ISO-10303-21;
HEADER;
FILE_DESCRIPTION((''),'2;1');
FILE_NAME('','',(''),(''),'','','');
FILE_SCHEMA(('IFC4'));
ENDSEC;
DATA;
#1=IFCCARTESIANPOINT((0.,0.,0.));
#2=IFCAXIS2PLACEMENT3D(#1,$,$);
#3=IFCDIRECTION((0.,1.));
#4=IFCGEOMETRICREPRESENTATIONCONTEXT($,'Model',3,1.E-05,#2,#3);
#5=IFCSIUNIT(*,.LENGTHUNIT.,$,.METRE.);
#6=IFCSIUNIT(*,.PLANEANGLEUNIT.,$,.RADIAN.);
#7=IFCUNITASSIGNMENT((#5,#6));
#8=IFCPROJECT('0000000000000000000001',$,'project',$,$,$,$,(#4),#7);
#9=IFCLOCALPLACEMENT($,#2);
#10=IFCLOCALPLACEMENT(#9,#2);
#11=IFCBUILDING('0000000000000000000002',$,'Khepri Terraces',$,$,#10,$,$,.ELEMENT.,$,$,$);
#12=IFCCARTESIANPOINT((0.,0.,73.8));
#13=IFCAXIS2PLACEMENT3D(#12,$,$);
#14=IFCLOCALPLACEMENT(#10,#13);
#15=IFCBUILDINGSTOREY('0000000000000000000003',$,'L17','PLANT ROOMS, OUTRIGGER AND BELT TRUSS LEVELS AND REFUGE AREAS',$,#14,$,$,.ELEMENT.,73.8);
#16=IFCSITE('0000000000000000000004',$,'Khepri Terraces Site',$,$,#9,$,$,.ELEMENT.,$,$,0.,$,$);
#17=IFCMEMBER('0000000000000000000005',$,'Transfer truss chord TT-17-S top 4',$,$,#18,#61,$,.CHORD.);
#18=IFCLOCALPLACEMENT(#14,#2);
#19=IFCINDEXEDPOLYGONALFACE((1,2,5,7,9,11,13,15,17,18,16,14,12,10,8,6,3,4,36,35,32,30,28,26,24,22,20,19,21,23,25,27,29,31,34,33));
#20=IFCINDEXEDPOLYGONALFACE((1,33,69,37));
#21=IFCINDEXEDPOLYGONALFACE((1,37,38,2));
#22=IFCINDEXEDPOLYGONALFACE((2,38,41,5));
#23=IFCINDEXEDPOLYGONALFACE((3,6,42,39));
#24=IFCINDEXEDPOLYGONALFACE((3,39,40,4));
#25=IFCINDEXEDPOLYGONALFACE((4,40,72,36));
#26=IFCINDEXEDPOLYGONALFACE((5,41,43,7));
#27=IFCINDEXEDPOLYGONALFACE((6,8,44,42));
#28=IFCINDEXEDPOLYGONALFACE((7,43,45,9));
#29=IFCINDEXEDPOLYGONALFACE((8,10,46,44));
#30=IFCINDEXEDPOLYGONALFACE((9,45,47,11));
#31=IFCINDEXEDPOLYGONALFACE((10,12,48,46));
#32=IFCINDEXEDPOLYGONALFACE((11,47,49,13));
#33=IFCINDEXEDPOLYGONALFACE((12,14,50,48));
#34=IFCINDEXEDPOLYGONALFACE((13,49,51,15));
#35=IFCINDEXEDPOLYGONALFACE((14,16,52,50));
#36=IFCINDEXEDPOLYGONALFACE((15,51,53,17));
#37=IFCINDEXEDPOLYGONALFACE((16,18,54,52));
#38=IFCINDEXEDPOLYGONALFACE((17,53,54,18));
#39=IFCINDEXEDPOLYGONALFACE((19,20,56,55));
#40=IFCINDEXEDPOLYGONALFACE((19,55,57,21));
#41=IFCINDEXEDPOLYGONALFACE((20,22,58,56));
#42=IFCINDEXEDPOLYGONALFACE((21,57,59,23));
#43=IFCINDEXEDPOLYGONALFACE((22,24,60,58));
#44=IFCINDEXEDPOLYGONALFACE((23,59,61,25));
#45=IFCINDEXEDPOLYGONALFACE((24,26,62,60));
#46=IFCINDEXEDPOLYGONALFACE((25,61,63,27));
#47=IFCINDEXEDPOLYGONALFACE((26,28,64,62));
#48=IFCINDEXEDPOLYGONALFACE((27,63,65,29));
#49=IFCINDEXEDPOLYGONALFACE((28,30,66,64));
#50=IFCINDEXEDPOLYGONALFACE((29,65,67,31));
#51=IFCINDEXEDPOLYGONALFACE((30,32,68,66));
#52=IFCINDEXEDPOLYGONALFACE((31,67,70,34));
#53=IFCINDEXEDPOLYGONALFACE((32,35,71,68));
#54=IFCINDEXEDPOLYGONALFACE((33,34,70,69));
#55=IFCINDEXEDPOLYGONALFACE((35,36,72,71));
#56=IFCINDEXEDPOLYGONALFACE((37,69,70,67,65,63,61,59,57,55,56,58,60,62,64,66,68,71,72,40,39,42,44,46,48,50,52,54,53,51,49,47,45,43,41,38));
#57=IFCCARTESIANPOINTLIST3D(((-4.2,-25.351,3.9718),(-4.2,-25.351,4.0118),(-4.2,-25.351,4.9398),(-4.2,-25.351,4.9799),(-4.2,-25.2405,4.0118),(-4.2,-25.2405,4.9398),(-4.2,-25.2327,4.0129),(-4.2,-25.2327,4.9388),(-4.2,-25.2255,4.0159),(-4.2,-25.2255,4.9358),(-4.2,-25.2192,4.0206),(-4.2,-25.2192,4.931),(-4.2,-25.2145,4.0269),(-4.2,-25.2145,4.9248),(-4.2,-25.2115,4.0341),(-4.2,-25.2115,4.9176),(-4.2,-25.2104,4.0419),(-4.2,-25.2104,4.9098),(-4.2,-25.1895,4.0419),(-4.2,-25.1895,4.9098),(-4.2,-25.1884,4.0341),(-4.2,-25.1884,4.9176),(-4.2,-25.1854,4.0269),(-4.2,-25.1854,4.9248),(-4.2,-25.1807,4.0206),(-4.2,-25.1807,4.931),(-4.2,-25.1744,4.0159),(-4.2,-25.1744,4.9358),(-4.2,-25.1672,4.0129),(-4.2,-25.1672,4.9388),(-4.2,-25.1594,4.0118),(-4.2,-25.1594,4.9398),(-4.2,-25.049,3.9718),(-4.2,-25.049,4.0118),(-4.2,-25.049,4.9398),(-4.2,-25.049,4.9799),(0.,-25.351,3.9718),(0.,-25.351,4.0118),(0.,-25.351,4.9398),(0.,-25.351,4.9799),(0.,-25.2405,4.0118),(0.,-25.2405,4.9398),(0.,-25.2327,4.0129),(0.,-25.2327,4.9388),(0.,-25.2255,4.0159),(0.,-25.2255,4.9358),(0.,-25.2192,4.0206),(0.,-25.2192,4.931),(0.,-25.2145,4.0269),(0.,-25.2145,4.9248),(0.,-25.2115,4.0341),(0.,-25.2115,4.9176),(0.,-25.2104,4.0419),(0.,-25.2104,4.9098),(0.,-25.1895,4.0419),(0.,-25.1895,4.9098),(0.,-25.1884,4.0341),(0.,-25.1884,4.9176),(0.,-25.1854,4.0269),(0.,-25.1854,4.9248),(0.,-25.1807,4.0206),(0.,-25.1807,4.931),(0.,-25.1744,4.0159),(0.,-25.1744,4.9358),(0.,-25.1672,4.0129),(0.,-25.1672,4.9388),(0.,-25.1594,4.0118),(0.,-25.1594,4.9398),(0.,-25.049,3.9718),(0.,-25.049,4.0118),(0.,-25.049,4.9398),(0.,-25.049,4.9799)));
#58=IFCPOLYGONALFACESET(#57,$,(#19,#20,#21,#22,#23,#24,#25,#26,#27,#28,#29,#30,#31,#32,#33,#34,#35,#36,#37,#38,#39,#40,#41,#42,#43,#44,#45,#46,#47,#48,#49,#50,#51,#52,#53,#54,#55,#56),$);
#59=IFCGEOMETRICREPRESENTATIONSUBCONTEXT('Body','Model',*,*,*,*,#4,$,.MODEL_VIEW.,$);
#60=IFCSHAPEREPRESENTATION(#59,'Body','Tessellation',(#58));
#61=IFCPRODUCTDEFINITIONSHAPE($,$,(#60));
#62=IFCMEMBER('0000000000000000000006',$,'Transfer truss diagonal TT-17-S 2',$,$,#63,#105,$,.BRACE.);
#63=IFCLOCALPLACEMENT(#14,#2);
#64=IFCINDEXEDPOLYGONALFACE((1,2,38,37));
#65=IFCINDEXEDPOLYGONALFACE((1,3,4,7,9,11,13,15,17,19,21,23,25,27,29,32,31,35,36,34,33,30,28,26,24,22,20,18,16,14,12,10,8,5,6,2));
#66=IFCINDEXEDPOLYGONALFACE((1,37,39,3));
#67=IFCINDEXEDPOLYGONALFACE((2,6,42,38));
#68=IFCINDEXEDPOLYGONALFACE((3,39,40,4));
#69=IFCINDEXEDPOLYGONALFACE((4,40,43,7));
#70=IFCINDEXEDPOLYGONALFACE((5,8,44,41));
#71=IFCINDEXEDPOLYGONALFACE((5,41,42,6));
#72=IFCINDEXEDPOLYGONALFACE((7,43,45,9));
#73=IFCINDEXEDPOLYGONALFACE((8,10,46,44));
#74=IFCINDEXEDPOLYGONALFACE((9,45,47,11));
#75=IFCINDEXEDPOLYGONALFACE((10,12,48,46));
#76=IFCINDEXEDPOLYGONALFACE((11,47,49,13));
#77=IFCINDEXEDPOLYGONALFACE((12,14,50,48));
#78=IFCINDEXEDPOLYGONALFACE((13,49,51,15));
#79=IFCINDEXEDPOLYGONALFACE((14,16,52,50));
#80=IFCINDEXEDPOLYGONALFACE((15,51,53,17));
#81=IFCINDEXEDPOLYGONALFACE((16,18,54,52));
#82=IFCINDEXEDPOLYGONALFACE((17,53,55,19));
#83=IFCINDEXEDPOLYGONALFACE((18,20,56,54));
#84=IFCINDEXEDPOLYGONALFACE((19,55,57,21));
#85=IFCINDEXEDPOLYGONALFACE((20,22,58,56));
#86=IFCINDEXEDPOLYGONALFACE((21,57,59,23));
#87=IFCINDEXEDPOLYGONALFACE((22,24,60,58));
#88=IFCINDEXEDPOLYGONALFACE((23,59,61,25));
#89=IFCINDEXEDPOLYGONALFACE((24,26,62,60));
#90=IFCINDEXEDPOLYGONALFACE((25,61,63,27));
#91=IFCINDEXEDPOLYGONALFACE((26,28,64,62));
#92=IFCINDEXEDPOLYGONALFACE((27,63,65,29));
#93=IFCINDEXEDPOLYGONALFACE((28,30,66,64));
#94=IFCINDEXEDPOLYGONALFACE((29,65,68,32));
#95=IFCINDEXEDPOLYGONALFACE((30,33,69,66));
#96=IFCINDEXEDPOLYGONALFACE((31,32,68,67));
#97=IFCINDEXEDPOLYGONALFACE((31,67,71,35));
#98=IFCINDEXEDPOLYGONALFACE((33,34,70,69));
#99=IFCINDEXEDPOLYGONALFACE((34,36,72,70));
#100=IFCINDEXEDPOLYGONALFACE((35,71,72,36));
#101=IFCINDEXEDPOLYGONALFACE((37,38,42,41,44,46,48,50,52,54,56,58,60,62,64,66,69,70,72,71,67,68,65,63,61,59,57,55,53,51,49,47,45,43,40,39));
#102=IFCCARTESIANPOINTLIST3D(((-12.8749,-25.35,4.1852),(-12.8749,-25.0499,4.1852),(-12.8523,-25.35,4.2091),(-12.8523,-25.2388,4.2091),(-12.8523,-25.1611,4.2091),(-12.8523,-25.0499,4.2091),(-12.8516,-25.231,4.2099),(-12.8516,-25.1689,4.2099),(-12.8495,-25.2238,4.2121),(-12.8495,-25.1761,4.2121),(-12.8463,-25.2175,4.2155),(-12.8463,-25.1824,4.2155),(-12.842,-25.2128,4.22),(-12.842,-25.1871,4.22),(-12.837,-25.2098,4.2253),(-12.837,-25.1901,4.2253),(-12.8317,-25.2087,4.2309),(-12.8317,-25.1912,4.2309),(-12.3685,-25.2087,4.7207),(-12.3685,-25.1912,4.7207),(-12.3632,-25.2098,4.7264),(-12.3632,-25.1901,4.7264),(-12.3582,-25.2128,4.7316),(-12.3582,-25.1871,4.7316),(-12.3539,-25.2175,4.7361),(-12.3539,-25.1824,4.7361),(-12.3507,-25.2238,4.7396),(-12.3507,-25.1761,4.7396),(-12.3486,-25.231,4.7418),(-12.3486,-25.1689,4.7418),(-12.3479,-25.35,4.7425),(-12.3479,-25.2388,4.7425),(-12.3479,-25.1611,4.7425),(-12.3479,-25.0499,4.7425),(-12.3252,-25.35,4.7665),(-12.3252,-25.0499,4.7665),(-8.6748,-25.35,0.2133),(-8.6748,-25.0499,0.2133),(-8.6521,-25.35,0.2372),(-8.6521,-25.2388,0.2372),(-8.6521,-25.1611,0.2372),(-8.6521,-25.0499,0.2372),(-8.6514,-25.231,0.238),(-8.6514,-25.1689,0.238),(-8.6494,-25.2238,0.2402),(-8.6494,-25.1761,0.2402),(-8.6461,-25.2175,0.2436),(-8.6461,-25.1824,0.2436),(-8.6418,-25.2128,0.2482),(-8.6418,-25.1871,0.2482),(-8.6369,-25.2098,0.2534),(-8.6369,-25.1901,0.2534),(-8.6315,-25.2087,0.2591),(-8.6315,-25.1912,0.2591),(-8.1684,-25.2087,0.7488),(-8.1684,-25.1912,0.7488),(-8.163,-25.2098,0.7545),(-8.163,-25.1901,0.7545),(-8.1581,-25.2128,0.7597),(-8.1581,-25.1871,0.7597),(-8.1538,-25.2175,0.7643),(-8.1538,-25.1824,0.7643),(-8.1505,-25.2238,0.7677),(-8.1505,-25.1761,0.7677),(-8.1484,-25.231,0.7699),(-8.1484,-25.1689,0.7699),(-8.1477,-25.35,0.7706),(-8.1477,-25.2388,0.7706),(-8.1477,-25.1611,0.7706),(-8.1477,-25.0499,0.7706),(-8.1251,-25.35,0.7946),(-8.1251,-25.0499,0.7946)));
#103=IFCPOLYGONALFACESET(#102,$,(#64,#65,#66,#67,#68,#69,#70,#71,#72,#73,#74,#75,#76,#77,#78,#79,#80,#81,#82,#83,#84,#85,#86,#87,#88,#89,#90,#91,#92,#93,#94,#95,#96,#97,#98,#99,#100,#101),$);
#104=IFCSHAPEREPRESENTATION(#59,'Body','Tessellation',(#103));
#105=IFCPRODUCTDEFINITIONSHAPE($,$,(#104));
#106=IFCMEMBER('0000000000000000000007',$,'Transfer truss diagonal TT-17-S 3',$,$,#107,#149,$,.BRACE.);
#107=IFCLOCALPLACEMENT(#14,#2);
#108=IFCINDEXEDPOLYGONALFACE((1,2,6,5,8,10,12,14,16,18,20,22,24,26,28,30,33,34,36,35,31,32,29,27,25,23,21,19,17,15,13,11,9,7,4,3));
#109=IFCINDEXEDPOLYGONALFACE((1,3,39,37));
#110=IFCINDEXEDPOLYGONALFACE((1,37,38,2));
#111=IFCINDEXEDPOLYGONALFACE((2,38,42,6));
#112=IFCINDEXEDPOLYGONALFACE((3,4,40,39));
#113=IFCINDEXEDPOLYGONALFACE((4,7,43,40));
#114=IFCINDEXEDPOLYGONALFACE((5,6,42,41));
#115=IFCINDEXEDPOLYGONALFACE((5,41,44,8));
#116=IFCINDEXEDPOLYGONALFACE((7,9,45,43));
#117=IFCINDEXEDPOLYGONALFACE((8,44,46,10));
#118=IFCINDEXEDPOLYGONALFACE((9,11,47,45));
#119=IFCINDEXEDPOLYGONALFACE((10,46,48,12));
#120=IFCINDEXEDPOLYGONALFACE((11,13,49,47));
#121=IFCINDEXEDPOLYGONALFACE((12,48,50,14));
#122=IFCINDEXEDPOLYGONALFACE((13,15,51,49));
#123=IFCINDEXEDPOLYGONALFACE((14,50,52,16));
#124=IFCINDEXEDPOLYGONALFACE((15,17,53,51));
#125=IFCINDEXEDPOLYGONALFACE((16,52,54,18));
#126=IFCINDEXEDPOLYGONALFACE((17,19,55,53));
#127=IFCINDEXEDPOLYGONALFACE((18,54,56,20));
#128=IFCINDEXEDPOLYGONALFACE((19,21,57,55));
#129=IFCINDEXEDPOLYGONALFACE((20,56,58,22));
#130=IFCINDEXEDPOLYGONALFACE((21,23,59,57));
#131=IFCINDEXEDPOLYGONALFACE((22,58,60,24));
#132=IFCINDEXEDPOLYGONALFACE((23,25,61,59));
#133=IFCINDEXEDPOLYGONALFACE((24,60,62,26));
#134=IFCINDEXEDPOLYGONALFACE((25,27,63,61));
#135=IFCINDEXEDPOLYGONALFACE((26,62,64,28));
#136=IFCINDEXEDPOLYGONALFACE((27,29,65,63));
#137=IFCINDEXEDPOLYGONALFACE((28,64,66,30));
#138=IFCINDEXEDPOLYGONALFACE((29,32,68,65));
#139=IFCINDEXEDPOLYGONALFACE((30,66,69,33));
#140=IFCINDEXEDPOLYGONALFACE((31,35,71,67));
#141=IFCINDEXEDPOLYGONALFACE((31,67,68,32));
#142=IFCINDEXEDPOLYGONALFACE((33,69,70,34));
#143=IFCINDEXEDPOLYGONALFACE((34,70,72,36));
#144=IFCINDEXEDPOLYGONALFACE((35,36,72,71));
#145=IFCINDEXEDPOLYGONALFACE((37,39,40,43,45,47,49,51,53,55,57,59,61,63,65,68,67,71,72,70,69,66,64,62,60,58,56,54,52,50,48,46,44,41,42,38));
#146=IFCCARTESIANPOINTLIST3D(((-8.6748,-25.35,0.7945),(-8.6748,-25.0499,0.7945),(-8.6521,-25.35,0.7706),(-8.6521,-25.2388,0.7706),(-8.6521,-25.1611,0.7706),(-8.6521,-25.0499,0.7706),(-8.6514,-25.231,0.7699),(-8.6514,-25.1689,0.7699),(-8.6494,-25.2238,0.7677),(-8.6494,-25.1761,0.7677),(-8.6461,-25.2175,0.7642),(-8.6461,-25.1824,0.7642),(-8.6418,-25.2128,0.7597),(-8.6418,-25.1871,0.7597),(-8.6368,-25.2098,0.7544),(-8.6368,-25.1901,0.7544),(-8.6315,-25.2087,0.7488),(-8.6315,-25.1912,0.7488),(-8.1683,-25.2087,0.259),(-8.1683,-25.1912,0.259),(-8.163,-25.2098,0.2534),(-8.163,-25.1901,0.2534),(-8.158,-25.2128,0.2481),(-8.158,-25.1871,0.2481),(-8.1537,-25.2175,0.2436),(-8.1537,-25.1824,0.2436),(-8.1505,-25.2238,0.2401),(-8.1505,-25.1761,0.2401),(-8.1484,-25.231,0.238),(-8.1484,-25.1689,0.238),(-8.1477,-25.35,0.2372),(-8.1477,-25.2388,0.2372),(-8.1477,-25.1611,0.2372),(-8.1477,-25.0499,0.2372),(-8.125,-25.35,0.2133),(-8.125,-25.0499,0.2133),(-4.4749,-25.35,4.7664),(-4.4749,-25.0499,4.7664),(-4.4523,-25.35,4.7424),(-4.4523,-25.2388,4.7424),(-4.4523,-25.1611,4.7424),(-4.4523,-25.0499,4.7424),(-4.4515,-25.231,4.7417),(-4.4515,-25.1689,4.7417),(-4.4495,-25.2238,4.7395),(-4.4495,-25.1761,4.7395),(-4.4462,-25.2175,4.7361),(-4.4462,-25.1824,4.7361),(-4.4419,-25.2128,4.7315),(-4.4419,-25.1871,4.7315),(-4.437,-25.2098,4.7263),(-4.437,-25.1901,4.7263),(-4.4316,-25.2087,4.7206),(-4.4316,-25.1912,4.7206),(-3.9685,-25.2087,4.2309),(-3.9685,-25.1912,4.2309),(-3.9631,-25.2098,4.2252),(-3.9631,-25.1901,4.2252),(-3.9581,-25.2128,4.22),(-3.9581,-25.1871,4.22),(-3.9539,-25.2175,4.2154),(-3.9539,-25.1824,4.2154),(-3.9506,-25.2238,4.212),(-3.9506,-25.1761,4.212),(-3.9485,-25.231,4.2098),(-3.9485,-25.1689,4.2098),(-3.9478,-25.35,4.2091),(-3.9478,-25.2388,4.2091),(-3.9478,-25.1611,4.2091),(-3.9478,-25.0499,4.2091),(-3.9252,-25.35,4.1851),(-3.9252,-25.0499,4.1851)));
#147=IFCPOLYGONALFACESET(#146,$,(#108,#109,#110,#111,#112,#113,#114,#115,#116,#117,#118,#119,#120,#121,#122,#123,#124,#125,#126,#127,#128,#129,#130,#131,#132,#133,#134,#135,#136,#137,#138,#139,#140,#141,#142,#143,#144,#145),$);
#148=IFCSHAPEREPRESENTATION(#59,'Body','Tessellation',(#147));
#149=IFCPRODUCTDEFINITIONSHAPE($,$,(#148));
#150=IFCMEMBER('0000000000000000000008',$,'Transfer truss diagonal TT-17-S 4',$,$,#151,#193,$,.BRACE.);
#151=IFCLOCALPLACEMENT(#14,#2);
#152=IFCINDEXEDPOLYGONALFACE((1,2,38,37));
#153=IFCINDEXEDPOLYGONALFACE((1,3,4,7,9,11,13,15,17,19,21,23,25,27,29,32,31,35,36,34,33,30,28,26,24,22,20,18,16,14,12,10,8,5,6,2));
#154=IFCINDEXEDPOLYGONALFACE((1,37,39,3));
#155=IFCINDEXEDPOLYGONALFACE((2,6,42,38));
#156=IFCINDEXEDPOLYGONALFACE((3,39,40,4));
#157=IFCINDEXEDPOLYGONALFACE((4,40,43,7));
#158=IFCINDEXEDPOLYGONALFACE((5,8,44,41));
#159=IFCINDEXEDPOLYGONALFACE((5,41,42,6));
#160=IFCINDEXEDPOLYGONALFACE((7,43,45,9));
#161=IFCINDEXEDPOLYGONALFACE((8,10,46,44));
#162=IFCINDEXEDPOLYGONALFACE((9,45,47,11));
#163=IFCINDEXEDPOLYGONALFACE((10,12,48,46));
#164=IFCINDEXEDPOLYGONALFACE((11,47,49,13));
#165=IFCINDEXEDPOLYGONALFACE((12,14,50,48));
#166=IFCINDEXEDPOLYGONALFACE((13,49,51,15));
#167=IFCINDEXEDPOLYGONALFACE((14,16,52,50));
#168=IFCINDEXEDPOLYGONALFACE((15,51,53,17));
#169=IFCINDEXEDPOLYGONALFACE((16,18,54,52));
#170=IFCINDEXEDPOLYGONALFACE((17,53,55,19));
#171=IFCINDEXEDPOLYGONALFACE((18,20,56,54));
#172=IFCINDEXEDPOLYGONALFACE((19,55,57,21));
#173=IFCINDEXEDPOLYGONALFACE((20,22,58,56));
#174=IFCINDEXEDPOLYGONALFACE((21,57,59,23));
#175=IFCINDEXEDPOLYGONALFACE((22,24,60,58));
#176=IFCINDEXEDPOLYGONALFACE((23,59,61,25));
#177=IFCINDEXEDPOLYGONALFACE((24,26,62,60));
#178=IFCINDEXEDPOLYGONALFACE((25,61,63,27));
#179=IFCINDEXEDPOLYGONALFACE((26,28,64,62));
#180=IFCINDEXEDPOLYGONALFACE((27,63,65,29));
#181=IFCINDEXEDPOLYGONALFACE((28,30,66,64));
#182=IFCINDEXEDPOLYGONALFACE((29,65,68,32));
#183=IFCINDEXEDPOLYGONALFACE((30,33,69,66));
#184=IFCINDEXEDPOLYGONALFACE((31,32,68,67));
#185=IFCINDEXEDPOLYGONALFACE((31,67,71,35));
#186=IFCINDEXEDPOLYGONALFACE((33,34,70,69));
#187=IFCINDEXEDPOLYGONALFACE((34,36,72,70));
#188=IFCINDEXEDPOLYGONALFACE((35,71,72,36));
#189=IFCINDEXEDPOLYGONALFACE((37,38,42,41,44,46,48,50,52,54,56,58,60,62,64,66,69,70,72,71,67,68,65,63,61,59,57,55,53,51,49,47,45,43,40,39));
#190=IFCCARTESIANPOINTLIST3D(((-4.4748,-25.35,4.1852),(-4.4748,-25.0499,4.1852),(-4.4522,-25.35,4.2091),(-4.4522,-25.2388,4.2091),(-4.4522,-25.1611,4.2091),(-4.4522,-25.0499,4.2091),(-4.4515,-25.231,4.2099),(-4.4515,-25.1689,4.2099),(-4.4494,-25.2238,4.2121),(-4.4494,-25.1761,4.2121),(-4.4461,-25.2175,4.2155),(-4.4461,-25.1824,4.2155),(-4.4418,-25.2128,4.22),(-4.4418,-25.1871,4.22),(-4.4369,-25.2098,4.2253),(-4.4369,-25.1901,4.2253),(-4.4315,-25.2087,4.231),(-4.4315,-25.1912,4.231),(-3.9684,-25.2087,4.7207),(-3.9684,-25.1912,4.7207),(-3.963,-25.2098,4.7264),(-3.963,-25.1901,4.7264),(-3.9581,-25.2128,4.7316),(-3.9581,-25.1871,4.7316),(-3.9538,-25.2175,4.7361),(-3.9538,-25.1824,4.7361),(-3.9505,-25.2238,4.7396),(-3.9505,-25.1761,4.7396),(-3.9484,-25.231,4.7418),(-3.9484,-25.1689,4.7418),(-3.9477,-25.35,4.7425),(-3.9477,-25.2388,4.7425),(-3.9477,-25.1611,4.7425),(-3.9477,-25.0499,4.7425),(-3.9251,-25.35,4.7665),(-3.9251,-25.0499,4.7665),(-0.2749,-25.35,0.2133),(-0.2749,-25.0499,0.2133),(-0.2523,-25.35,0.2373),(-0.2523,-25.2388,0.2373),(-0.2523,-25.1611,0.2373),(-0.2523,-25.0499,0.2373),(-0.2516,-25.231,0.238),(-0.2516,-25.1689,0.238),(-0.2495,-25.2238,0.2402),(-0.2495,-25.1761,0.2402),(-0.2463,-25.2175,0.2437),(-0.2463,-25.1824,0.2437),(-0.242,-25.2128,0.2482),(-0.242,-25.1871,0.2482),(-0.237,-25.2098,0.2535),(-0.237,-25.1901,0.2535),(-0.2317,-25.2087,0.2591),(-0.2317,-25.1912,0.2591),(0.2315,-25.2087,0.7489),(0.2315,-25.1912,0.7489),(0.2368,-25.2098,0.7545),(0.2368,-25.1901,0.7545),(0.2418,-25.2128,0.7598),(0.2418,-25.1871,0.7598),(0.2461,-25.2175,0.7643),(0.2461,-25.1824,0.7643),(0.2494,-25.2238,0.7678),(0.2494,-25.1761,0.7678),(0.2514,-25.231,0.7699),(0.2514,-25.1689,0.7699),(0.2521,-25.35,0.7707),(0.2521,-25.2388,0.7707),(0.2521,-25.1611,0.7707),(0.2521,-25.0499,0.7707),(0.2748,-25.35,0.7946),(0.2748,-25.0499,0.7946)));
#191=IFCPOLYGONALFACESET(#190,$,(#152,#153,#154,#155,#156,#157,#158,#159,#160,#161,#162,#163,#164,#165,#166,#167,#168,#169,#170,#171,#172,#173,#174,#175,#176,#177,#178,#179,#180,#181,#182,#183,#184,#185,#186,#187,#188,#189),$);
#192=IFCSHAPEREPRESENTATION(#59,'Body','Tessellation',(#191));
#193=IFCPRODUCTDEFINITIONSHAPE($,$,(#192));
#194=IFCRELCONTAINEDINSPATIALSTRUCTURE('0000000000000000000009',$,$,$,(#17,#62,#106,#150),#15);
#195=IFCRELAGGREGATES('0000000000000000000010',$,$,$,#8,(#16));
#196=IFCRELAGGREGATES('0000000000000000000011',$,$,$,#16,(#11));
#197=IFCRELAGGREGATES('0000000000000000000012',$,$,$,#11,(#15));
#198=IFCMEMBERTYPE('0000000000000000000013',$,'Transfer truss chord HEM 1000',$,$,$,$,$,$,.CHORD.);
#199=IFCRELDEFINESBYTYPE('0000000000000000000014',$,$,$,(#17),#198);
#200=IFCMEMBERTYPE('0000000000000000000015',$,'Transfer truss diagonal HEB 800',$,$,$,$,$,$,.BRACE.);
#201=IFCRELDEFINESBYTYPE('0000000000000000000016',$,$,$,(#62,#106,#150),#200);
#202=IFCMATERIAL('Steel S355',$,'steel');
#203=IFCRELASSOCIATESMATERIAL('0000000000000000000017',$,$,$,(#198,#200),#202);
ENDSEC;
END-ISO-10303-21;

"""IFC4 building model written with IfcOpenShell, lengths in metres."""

from ifc_helpers import new_model, si_unit, direction, frame, origin, origin_2d, place, context, subcontext, project, spatial, i_section, extrude, material, material_profile, profile_set, type_object, element, save


model = new_model("IFC4")

# Units and contexts
model_context = context("Model", 3, precision=1e-05, world=origin(), true_north=direction((0.0, 1.0)))
body_context = subcontext(model_context, "Body", "Model", "MODEL_VIEW")
ifc_project = project(units=[si_unit("LENGTHUNIT", "METRE"), si_unit("PLANEANGLEUNIT", "RADIAN")], contexts=[model_context])

# Site, building, storey
site_placement = place(None, origin())
site = spatial("IfcSite", under=ifc_project, at=site_placement, Name="Khepri Terraces Site", CompositionType="ELEMENT", RefElevation=0.0)
building_placement = place(site_placement, origin())
building = spatial("IfcBuilding", under=site, at=building_placement, Name="Khepri Terraces", CompositionType="ELEMENT")
storey_placement = place(building_placement, frame((0.0, 0.0, 73.8)))
storey = spatial("IfcBuildingStorey", under=building, at=storey_placement, Name="L17", Description="PLANT ROOMS, OUTRIGGER AND BELT TRUSS LEVELS AND REFUGE AREAS", CompositionType="ELEMENT", Elevation=73.8)

# Members
ifc_material_1 = material(Name="Steel S355", Category="steel")
ifc_material_profile_1 = material_profile(ifc_material_1, i_section(OverallWidth=0.302, OverallDepth=1.0081, WebThickness=0.021, FlangeThickness=0.04, FilletRadius=0.03, at=origin_2d()), Name="Steel S355", Category="steel")
ifc_profile_set_1 = profile_set([ifc_material_profile_1], Name="Steel S355")
member_type_1 = type_object("IfcMemberType", Name="Transfer truss chord HEM 1000", PredefinedType="CHORD", material=ifc_profile_set_1)
for number, where, z_axis, x_axis, name in (
    (1, (-4.2, -25.2, 4.4758), (1.0, 0.0, 0.0), (0.0, 1.0, 0.0), "Transfer truss chord TT-17-S top 4"),
):
    element("IfcMember", number, at=place(storey_placement, frame(where, z_axis=z_axis, x_axis=x_axis)), inside=storey, type_object=member_type_1, Name=name, PredefinedType="CHORD", context=body_context, shape_type="SweptSolid", body=[
        extrude(i_section(OverallWidth=0.302, OverallDepth=1.0081, WebThickness=0.021, FlangeThickness=0.04, FilletRadius=0.03, at=origin_2d()), origin(), (0.0, 0.0, 1.0), 4.2),
    ])
ifc_material_profile_2 = material_profile(ifc_material_1, i_section(OverallWidth=0.3, OverallDepth=0.8, WebThickness=0.0176, FlangeThickness=0.033, FilletRadius=0.03, at=origin_2d()), Name="Steel S355", Category="steel")
ifc_profile_set_2 = profile_set([ifc_material_profile_2], Name="Steel S355")
member_type_2 = type_object("IfcMemberType", Name="Transfer truss diagonal HEB 800", PredefinedType="BRACE", material=ifc_profile_set_2)
member_1_placement = place(storey_placement, frame((-12.6001, -25.2, 4.4758), z_axis=(0.726575, 0.0, -0.687087), x_axis=(0.0, 1.0, 0.0)))
element("IfcMember", 2, at=member_1_placement, inside=storey, type_object=member_type_2, Name="Transfer truss diagonal TT-17-S 2", PredefinedType="BRACE", context=body_context, shape_type="SweptSolid", body=[
    extrude(i_section(OverallWidth=0.3, OverallDepth=0.8, WebThickness=0.0176, FlangeThickness=0.033, FilletRadius=0.03, at=origin_2d()), origin(), (0.0, 0.0, 1.0), 5.7808),
])
for number, where, z_axis, x_axis, name in (
    (3, (-8.3999, -25.2, 0.5039), (0.726555, 0.0, 0.687108), (0.0, 1.0, 0.0), "Transfer truss diagonal TT-17-S 3"),
    (4, (-4.2, -25.2, 4.4758), (0.726555, 0.0, -0.687108), (0.0, 1.0, 0.0), "Transfer truss diagonal TT-17-S 4"),
):
    element("IfcMember", number, at=place(storey_placement, frame(where, z_axis=z_axis, x_axis=x_axis)), inside=storey, type_object=member_type_2, Name=name, PredefinedType="BRACE", context=body_context, shape_type="SweptSolid", body=[
        extrude(i_section(OverallWidth=0.3, OverallDepth=0.8, WebThickness=0.0176, FlangeThickness=0.033, FilletRadius=0.03, at=origin_2d()), origin(), (0.0, 0.0, 1.0), 5.7805),
    ])

save(model, "model.ifc")
